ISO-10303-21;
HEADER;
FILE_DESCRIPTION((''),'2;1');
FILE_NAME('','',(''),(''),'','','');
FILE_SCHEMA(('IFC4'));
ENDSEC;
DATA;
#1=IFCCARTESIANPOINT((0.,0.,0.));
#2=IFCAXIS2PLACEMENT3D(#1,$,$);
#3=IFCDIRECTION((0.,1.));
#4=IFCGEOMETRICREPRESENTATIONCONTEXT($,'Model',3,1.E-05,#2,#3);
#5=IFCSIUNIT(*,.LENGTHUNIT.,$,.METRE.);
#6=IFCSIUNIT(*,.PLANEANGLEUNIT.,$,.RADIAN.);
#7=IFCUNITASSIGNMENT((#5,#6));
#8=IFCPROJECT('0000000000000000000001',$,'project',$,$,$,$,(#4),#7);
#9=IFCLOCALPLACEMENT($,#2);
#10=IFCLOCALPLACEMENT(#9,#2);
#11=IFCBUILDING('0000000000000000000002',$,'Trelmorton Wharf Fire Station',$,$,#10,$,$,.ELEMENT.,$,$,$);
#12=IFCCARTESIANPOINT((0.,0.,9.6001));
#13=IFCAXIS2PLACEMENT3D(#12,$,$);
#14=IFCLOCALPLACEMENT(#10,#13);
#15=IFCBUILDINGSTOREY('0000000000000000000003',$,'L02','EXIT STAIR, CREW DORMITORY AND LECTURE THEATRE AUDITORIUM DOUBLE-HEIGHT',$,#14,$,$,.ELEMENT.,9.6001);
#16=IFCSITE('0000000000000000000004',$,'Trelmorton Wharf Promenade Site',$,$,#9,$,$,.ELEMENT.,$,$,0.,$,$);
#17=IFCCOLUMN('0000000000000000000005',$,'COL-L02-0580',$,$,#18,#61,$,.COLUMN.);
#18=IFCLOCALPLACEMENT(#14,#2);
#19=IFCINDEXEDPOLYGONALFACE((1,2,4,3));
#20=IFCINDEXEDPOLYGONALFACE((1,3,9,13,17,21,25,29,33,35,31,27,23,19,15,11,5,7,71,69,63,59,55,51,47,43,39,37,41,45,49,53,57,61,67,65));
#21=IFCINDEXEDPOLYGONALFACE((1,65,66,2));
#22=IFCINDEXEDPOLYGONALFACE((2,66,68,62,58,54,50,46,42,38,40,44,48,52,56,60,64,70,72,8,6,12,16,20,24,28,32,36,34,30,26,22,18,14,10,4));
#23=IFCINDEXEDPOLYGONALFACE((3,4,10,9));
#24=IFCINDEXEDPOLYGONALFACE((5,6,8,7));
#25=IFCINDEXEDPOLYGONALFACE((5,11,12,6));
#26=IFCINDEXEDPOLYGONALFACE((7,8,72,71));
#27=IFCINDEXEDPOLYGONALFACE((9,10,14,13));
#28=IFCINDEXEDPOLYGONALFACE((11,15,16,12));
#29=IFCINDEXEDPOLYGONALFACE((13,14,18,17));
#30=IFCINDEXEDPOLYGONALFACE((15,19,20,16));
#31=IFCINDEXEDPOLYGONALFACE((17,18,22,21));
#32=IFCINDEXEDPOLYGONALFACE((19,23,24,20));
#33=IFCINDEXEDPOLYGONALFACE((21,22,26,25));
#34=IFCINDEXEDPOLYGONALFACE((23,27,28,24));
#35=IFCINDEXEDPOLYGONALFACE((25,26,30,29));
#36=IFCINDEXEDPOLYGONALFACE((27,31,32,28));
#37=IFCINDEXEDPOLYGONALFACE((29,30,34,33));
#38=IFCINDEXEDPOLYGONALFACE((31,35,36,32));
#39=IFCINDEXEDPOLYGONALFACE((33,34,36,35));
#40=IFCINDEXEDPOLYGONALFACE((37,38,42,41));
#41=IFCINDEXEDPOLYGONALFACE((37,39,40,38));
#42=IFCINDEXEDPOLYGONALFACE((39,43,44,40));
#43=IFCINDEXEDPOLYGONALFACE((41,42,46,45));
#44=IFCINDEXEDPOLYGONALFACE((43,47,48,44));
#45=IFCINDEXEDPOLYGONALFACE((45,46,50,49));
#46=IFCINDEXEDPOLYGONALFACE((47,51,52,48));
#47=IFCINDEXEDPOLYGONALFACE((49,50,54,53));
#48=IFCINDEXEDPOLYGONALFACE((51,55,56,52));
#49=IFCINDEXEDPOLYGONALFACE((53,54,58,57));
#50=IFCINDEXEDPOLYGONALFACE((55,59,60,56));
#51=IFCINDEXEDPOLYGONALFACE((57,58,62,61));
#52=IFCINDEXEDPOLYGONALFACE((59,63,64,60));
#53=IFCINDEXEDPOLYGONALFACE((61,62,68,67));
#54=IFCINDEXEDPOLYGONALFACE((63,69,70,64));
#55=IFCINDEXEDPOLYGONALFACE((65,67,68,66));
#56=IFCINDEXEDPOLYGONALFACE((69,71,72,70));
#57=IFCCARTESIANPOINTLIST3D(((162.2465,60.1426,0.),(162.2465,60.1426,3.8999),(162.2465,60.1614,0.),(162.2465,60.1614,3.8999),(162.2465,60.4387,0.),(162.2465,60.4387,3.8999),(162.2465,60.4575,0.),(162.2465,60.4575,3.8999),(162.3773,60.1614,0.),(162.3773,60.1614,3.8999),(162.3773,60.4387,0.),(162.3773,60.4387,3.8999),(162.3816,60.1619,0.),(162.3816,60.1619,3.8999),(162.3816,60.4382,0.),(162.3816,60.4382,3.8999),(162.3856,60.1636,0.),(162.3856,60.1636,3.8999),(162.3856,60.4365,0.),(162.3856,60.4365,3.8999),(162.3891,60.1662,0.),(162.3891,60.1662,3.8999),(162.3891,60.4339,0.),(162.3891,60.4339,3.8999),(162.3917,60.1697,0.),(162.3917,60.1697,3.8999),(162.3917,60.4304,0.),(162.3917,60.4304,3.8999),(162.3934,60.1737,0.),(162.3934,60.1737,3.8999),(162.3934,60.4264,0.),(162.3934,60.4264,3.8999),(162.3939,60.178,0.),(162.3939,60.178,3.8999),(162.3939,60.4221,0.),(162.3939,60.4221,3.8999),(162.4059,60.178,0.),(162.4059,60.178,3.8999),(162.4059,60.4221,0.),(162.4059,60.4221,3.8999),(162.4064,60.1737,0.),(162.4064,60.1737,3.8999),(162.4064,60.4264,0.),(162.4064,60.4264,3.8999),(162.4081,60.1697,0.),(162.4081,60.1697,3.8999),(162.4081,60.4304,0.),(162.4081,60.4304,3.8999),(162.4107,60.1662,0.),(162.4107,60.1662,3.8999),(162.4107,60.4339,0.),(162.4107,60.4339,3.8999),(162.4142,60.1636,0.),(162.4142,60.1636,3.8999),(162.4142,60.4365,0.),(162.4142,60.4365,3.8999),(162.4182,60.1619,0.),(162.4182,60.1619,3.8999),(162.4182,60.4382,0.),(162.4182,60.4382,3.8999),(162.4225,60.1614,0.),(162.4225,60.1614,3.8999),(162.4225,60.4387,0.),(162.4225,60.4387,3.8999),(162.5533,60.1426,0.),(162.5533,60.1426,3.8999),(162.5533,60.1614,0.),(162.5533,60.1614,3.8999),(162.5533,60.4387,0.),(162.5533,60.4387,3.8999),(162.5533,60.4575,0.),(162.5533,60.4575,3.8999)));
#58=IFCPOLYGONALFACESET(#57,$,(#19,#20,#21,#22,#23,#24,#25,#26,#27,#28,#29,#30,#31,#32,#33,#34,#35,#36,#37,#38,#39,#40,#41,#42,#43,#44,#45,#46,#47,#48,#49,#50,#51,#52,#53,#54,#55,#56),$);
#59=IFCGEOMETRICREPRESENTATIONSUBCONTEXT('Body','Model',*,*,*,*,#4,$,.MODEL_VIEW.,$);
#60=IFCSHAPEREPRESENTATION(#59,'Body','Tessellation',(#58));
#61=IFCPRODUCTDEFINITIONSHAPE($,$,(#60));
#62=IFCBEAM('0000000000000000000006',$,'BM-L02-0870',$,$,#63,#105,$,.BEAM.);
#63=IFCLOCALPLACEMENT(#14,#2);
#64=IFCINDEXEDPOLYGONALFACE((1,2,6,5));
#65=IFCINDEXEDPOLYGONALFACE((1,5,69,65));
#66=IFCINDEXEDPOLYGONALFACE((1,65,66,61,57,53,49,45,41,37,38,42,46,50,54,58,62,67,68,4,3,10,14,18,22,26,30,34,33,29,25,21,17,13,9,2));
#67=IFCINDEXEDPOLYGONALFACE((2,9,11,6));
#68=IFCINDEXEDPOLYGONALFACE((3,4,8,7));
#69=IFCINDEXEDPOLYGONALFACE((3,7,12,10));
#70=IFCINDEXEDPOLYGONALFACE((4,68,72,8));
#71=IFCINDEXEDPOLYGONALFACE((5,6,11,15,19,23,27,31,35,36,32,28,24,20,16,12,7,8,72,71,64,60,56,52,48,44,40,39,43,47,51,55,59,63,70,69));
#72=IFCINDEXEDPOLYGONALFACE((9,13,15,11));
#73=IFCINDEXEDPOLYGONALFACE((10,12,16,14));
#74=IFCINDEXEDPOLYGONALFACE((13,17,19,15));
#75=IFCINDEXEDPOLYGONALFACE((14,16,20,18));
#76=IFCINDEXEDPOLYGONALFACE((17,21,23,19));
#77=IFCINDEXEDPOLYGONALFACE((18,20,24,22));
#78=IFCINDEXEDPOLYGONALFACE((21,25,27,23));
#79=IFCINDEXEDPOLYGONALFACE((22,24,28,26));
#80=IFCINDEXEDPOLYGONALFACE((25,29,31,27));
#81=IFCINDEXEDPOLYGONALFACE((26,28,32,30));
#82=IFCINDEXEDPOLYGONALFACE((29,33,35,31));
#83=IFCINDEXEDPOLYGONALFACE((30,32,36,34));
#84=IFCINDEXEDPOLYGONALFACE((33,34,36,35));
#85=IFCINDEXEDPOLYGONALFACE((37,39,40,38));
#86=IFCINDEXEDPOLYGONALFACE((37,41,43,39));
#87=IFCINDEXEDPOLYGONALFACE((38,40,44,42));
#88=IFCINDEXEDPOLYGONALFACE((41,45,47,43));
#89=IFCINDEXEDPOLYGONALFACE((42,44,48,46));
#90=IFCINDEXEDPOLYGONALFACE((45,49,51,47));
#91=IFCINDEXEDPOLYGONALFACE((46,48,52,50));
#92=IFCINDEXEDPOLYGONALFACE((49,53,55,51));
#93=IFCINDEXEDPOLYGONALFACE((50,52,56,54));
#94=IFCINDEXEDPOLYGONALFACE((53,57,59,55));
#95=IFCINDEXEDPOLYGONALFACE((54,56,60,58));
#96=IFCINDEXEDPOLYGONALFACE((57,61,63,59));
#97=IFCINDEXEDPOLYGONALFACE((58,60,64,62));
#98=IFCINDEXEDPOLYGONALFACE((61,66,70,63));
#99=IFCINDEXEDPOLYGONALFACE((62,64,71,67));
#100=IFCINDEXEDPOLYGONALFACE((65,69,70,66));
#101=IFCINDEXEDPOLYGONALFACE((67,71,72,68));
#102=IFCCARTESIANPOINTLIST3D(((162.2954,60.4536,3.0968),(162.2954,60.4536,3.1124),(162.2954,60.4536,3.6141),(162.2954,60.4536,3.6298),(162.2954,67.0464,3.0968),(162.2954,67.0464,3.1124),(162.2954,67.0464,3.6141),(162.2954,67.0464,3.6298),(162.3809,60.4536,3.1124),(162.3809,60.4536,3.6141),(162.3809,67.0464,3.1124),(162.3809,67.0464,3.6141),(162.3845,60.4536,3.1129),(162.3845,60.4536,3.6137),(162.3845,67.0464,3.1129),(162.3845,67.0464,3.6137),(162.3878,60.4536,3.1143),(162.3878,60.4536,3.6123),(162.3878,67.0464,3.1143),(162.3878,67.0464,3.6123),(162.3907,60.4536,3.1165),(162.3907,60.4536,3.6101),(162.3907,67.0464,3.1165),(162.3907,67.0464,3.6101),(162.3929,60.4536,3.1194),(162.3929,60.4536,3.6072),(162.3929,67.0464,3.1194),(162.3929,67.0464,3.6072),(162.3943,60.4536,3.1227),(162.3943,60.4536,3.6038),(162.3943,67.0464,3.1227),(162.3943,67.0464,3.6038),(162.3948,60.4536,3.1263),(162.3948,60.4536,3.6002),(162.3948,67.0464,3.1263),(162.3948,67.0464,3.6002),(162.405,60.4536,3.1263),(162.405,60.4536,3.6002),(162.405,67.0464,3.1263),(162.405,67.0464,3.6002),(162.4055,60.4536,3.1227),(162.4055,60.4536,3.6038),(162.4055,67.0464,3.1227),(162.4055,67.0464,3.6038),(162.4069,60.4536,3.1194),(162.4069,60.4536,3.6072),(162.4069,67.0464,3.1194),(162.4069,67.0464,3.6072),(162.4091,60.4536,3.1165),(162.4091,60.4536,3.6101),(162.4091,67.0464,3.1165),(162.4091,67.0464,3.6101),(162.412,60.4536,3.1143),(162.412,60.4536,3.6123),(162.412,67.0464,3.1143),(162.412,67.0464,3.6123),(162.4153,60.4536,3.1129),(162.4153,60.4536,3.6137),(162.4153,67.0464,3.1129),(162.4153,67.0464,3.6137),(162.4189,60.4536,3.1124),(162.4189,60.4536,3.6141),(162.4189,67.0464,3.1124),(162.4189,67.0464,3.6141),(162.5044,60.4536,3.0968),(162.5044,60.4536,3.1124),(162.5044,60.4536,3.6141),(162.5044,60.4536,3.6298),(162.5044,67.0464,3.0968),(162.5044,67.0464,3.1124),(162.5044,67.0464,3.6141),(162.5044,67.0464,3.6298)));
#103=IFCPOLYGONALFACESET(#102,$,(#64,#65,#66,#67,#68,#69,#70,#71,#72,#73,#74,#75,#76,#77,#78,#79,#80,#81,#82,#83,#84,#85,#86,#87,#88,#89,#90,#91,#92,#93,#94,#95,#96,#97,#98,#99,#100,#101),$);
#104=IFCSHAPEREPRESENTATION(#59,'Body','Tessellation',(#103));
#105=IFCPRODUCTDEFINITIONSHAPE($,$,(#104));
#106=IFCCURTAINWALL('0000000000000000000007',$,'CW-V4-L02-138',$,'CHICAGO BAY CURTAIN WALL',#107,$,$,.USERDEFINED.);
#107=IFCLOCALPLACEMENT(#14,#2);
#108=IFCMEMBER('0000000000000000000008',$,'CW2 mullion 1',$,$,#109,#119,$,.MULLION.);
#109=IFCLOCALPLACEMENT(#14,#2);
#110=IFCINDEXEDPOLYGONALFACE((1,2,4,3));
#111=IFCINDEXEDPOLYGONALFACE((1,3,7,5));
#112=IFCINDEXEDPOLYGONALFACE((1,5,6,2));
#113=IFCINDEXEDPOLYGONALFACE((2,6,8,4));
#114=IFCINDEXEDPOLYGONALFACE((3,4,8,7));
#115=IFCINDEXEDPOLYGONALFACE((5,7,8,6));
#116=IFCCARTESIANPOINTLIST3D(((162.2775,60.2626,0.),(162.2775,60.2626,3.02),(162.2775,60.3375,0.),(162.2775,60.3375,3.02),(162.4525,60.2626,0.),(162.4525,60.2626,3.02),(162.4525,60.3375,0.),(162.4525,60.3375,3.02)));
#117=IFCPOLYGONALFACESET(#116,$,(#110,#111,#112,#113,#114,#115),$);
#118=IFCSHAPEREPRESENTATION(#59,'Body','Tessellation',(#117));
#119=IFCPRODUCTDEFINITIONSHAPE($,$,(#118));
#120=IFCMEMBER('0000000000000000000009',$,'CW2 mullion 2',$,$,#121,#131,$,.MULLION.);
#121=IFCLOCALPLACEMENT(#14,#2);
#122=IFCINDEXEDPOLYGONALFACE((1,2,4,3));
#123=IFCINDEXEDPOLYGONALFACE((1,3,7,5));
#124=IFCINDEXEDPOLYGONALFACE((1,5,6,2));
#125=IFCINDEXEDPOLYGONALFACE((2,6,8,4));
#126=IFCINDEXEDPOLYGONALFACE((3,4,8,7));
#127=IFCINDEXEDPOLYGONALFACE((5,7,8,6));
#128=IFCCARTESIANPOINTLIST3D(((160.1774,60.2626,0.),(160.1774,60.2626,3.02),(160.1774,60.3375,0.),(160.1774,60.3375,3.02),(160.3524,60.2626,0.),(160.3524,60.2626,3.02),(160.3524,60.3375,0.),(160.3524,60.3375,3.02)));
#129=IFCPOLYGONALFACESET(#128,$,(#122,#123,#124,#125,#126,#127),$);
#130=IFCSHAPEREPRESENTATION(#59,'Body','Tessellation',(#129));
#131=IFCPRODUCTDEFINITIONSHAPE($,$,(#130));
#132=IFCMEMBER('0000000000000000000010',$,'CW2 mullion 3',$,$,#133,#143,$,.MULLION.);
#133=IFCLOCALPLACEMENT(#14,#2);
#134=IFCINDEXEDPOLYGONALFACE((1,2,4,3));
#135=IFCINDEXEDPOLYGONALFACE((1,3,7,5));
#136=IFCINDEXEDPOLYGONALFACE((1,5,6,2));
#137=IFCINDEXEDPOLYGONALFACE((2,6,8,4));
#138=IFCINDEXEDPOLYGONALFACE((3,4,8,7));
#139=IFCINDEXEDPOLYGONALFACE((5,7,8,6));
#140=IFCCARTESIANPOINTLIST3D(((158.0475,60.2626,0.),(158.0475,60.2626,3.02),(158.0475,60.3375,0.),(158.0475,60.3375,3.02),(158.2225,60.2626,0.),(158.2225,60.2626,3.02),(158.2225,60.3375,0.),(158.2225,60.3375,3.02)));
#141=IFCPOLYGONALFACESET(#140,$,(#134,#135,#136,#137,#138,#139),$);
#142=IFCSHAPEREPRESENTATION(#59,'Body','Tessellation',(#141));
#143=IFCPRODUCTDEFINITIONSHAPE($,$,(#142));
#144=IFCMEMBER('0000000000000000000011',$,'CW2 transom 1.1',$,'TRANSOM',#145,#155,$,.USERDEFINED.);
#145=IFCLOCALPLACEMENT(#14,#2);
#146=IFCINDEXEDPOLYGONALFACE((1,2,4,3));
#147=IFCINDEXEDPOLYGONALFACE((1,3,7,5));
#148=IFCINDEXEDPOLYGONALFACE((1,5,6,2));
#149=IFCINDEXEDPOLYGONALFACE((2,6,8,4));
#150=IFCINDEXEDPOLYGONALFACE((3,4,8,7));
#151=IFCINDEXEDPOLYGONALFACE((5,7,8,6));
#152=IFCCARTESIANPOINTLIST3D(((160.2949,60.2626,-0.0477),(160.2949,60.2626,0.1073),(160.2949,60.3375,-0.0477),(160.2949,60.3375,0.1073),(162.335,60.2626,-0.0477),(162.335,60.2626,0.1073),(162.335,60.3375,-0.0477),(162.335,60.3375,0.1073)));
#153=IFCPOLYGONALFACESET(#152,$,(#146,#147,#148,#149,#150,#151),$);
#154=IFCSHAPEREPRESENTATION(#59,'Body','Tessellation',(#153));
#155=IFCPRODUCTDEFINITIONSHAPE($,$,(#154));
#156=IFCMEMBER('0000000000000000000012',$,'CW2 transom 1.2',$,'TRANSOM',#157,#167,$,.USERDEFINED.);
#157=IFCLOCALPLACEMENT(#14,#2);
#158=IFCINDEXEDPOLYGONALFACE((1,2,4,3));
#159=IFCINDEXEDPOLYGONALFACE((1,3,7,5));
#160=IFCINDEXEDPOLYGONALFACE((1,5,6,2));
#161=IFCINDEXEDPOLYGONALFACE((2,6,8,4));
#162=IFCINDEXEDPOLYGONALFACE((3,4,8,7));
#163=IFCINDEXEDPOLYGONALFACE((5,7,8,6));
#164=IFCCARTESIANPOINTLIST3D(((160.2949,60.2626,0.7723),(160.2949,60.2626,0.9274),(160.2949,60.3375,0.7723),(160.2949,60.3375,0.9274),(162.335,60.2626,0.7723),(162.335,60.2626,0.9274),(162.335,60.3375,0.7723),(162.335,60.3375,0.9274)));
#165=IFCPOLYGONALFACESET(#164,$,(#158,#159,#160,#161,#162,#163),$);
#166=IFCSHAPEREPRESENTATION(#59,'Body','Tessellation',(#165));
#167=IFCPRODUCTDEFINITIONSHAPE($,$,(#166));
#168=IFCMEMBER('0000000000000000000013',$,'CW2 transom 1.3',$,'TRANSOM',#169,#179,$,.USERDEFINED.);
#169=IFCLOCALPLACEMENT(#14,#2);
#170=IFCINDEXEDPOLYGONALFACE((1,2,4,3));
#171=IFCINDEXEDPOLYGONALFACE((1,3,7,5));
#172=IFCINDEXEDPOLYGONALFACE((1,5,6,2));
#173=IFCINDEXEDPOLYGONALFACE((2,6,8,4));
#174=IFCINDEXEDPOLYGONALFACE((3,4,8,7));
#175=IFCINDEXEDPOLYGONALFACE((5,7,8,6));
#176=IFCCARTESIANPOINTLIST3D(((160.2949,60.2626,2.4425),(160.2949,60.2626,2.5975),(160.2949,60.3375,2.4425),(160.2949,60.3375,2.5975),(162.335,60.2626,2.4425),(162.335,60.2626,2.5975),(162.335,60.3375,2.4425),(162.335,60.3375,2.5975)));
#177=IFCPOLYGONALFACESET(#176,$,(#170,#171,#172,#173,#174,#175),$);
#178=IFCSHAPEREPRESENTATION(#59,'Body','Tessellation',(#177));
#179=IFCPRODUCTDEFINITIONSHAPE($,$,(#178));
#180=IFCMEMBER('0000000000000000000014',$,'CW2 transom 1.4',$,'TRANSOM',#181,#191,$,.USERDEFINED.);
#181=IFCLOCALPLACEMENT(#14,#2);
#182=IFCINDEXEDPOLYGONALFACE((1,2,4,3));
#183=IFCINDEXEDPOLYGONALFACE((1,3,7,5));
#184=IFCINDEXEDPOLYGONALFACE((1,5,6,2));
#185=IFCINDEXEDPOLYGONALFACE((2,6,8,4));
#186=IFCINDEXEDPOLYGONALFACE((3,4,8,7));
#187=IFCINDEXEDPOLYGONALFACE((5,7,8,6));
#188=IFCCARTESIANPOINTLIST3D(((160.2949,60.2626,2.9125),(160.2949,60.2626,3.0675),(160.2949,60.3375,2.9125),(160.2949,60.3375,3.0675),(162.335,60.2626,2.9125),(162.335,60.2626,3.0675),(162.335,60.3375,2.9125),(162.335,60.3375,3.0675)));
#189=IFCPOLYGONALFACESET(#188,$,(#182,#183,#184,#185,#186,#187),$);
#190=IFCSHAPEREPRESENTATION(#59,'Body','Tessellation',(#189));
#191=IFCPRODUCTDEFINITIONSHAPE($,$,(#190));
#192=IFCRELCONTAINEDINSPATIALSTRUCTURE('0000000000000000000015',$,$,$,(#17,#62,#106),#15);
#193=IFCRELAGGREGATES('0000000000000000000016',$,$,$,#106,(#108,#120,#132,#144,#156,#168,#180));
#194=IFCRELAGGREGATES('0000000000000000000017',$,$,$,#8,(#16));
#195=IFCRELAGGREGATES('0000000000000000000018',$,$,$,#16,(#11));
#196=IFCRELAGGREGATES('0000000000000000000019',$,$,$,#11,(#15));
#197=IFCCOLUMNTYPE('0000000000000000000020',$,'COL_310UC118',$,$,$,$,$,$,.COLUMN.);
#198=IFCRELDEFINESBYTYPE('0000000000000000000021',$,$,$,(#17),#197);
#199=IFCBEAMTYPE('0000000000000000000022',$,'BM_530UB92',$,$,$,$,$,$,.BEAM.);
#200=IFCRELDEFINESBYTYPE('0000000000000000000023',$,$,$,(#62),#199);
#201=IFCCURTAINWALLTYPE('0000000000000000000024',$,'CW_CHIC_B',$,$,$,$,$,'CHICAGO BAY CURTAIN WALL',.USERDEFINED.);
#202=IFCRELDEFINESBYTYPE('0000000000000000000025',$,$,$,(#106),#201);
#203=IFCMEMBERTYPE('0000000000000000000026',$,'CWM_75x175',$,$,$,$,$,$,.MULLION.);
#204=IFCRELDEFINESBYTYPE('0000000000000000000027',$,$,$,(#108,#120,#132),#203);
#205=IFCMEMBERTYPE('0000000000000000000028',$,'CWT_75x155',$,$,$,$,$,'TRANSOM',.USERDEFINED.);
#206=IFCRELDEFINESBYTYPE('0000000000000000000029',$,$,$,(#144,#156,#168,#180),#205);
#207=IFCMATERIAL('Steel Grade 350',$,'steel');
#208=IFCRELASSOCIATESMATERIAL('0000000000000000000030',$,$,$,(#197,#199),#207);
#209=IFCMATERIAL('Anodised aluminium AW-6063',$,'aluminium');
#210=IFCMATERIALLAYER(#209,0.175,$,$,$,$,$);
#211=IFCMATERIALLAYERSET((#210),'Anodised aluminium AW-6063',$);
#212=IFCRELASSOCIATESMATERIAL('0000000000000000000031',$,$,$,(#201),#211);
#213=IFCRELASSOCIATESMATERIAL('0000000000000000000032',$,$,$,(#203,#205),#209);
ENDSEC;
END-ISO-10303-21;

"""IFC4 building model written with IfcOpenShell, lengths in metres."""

from ifc_helpers import new_model, si_unit, direction, frame, origin, origin_2d, place, context, subcontext, project, spatial, rectangle, i_section, extrude, material, layer, layer_set, material_profile, profile_set, type_object, element, aggregate, save


model = new_model("IFC4")

# Units and contexts
model_context = context("Model", 3, precision=1e-05, world=origin(), true_north=direction((0.0, 1.0)))
body_context = subcontext(model_context, "Body", "Model", "MODEL_VIEW")
ifc_project = project(units=[si_unit("LENGTHUNIT", "METRE"), si_unit("PLANEANGLEUNIT", "RADIAN")], contexts=[model_context])

# Site, building, storey
site_placement = place(None, origin())
site = spatial("IfcSite", under=ifc_project, at=site_placement, Name="Trelmorton Wharf Promenade Site", CompositionType="ELEMENT", RefElevation=0.0)
building_placement = place(site_placement, origin())
building = spatial("IfcBuilding", under=site, at=building_placement, Name="Trelmorton Wharf Fire Station", CompositionType="ELEMENT")
storey_placement = place(building_placement, frame((0.0, 0.0, 9.6001)))
storey = spatial("IfcBuildingStorey", under=building, at=storey_placement, Name="L02", Description="EXIT STAIR, CREW DORMITORY AND LECTURE THEATRE AUDITORIUM DOUBLE-HEIGHT", CompositionType="ELEMENT", Elevation=9.6001)

# Column
ifc_material_1 = material(Name="Steel Grade 350", Category="steel")
ifc_material_profile_1 = material_profile(ifc_material_1, i_section(OverallWidth=0.3069, OverallDepth=0.3149, WebThickness=0.012, FlangeThickness=0.0188, FilletRadius=0.0166, at=origin_2d()), Name="310UC118")
ifc_profile_set_1 = profile_set([ifc_material_profile_1], Name="Steel Grade 350")
column_type = type_object("IfcColumnType", Name="COL_310UC118", PredefinedType="COLUMN", material=ifc_profile_set_1)
column_placement = place(storey_placement, frame((162.3999, 60.3, 0.0), z_axis=(0.0, 0.0, 1.0), x_axis=(1.0, 0.0, 0.0)))
element("IfcColumn", 1, at=column_placement, inside=storey, type_object=column_type, Name="COL-L02-0580", PredefinedType="COLUMN", context=body_context, shape_type="SweptSolid", body=[
    extrude(i_section(OverallWidth=0.3069, OverallDepth=0.3149, WebThickness=0.012, FlangeThickness=0.0188, FilletRadius=0.0166, at=origin_2d()), origin(), (0.0, 0.0, 1.0), 3.8999),
])

# Beam
ifc_material_profile_2 = material_profile(ifc_material_1, i_section(OverallWidth=0.209, OverallDepth=0.533, WebThickness=0.0103, FlangeThickness=0.0156, FilletRadius=0.0139, at=origin_2d()), Name="530UB92.4")
ifc_profile_set_2 = profile_set([ifc_material_profile_2], Name="Steel Grade 350")
beam_type = type_object("IfcBeamType", Name="BM_530UB92", PredefinedType="BEAM", material=ifc_profile_set_2)
beam_placement = place(storey_placement, frame((162.3999, 60.4536, 3.3633), z_axis=(0.0, 1.0, 0.0), x_axis=(-1.0, 0.0, 0.0)))
element("IfcBeam", 2, at=beam_placement, inside=storey, type_object=beam_type, Name="BM-L02-0870", PredefinedType="BEAM", context=body_context, shape_type="SweptSolid", body=[
    extrude(i_section(OverallWidth=0.209, OverallDepth=0.533, WebThickness=0.0103, FlangeThickness=0.0156, FilletRadius=0.0139, at=origin_2d()), origin(), (0.0, 0.0, 1.0), 6.5928),
])

# Curtain wall, members
ifc_material_2 = material(Name="Anodised aluminium AW-6063", Category="aluminium")
ifc_layer_1 = layer(ifc_material_2, 0.175)
ifc_layer_set_1 = layer_set([ifc_layer_1], Name="Anodised aluminium AW-6063")
curtain_wall_type = type_object("IfcCurtainWallType", Name="CW_CHIC_B", ElementType="CHICAGO BAY CURTAIN WALL", PredefinedType="USERDEFINED", material=ifc_layer_set_1)
curtain_wall_placement = place(storey_placement, origin())
curtain_wall = element("IfcCurtainWall", 3, at=curtain_wall_placement, inside=storey, type_object=curtain_wall_type, Name="CW-V4-L02-138", ObjectType="CHICAGO BAY CURTAIN WALL", PredefinedType="USERDEFINED")
ifc_material_profile_3 = material_profile(ifc_material_2, rectangle(XDim=0.075, YDim=0.175, at=origin_2d()), Name="ALU-75x175")
ifc_profile_set_3 = profile_set([ifc_material_profile_3], Name="Anodised aluminium AW-6063")
member_type_1 = type_object("IfcMemberType", Name="CWM_75x175", PredefinedType="MULLION", material=ifc_profile_set_3)
member_1_placement = place(storey_placement, frame((162.365, 60.3, 0.0), z_axis=(0.0, 0.0, 1.0), x_axis=(0.0, -1.0, 0.0)))
member_1 = element("IfcMember", 4, at=member_1_placement, type_object=member_type_1, Name="CW2 mullion 1", PredefinedType="MULLION", context=body_context, shape_type="SweptSolid", body=[
    extrude(rectangle(XDim=0.075, YDim=0.175, at=origin_2d()), origin(), (0.0, 0.0, 1.0), 3.02),
])
member_2_placement = place(storey_placement, frame((160.2649, 60.3, 0.0), z_axis=(0.0, 0.0, 1.0), x_axis=(0.0, -1.0, 0.0)))
member_2 = element("IfcMember", 5, at=member_2_placement, type_object=member_type_1, Name="CW2 mullion 2", PredefinedType="MULLION", context=body_context, shape_type="SweptSolid", body=[
    extrude(rectangle(XDim=0.075, YDim=0.175, at=origin_2d()), origin(), (0.0, 0.0, 1.0), 3.02),
])
member_3_placement = place(storey_placement, frame((158.135, 60.3, 0.0), z_axis=(0.0, 0.0, 1.0), x_axis=(0.0, -1.0, 0.0)))
member_3 = element("IfcMember", 6, at=member_3_placement, type_object=member_type_1, Name="CW2 mullion 3", PredefinedType="MULLION", context=body_context, shape_type="SweptSolid", body=[
    extrude(rectangle(XDim=0.075, YDim=0.175, at=origin_2d()), origin(), (0.0, 0.0, 1.0), 3.02),
])
ifc_material_profile_4 = material_profile(ifc_material_2, rectangle(XDim=0.075, YDim=0.155, at=origin_2d()), Name="ALU-75x155")
ifc_profile_set_4 = profile_set([ifc_material_profile_4], Name="Anodised aluminium AW-6063")
member_type_2 = type_object("IfcMemberType", Name="CWT_75x155", ElementType="TRANSOM", PredefinedType="USERDEFINED", material=ifc_profile_set_4)
member_4_placement = place(storey_placement, frame((162.335, 60.3, 0.0298), z_axis=(-1.0, 0.0, 0.0), x_axis=(0.0, -1.0, 0.0)))
member_4 = element("IfcMember", 7, at=member_4_placement, type_object=member_type_2, Name="CW2 transom 1.1", ObjectType="TRANSOM", PredefinedType="USERDEFINED", context=body_context, shape_type="SweptSolid", body=[
    extrude(rectangle(XDim=0.075, YDim=0.155, at=origin_2d()), origin(), (0.0, 0.0, 1.0), 2.04),
])
member_5_placement = place(storey_placement, frame((162.335, 60.3, 0.8499), z_axis=(-1.0, 0.0, 0.0), x_axis=(0.0, -1.0, 0.0)))
member_5 = element("IfcMember", 8, at=member_5_placement, type_object=member_type_2, Name="CW2 transom 1.2", ObjectType="TRANSOM", PredefinedType="USERDEFINED", context=body_context, shape_type="SweptSolid", body=[
    extrude(rectangle(XDim=0.075, YDim=0.155, at=origin_2d()), origin(), (0.0, 0.0, 1.0), 2.04),
])
member_6_placement = place(storey_placement, frame((162.335, 60.3, 2.52), z_axis=(-1.0, 0.0, 0.0), x_axis=(0.0, -1.0, 0.0)))
member_6 = element("IfcMember", 9, at=member_6_placement, type_object=member_type_2, Name="CW2 transom 1.3", ObjectType="TRANSOM", PredefinedType="USERDEFINED", context=body_context, shape_type="SweptSolid", body=[
    extrude(rectangle(XDim=0.075, YDim=0.155, at=origin_2d()), origin(), (0.0, 0.0, 1.0), 2.04),
])
member_7_placement = place(storey_placement, frame((162.335, 60.3, 2.99), z_axis=(-1.0, 0.0, 0.0), x_axis=(0.0, -1.0, 0.0)))
member_7 = element("IfcMember", 10, at=member_7_placement, type_object=member_type_2, Name="CW2 transom 1.4", ObjectType="TRANSOM", PredefinedType="USERDEFINED", context=body_context, shape_type="SweptSolid", body=[
    extrude(rectangle(XDim=0.075, YDim=0.155, at=origin_2d()), origin(), (0.0, 0.0, 1.0), 2.04),
])
aggregate(curtain_wall, [member_1, member_2, member_3, member_4, member_5, member_6, member_7])

save(model, "model.ifc")
